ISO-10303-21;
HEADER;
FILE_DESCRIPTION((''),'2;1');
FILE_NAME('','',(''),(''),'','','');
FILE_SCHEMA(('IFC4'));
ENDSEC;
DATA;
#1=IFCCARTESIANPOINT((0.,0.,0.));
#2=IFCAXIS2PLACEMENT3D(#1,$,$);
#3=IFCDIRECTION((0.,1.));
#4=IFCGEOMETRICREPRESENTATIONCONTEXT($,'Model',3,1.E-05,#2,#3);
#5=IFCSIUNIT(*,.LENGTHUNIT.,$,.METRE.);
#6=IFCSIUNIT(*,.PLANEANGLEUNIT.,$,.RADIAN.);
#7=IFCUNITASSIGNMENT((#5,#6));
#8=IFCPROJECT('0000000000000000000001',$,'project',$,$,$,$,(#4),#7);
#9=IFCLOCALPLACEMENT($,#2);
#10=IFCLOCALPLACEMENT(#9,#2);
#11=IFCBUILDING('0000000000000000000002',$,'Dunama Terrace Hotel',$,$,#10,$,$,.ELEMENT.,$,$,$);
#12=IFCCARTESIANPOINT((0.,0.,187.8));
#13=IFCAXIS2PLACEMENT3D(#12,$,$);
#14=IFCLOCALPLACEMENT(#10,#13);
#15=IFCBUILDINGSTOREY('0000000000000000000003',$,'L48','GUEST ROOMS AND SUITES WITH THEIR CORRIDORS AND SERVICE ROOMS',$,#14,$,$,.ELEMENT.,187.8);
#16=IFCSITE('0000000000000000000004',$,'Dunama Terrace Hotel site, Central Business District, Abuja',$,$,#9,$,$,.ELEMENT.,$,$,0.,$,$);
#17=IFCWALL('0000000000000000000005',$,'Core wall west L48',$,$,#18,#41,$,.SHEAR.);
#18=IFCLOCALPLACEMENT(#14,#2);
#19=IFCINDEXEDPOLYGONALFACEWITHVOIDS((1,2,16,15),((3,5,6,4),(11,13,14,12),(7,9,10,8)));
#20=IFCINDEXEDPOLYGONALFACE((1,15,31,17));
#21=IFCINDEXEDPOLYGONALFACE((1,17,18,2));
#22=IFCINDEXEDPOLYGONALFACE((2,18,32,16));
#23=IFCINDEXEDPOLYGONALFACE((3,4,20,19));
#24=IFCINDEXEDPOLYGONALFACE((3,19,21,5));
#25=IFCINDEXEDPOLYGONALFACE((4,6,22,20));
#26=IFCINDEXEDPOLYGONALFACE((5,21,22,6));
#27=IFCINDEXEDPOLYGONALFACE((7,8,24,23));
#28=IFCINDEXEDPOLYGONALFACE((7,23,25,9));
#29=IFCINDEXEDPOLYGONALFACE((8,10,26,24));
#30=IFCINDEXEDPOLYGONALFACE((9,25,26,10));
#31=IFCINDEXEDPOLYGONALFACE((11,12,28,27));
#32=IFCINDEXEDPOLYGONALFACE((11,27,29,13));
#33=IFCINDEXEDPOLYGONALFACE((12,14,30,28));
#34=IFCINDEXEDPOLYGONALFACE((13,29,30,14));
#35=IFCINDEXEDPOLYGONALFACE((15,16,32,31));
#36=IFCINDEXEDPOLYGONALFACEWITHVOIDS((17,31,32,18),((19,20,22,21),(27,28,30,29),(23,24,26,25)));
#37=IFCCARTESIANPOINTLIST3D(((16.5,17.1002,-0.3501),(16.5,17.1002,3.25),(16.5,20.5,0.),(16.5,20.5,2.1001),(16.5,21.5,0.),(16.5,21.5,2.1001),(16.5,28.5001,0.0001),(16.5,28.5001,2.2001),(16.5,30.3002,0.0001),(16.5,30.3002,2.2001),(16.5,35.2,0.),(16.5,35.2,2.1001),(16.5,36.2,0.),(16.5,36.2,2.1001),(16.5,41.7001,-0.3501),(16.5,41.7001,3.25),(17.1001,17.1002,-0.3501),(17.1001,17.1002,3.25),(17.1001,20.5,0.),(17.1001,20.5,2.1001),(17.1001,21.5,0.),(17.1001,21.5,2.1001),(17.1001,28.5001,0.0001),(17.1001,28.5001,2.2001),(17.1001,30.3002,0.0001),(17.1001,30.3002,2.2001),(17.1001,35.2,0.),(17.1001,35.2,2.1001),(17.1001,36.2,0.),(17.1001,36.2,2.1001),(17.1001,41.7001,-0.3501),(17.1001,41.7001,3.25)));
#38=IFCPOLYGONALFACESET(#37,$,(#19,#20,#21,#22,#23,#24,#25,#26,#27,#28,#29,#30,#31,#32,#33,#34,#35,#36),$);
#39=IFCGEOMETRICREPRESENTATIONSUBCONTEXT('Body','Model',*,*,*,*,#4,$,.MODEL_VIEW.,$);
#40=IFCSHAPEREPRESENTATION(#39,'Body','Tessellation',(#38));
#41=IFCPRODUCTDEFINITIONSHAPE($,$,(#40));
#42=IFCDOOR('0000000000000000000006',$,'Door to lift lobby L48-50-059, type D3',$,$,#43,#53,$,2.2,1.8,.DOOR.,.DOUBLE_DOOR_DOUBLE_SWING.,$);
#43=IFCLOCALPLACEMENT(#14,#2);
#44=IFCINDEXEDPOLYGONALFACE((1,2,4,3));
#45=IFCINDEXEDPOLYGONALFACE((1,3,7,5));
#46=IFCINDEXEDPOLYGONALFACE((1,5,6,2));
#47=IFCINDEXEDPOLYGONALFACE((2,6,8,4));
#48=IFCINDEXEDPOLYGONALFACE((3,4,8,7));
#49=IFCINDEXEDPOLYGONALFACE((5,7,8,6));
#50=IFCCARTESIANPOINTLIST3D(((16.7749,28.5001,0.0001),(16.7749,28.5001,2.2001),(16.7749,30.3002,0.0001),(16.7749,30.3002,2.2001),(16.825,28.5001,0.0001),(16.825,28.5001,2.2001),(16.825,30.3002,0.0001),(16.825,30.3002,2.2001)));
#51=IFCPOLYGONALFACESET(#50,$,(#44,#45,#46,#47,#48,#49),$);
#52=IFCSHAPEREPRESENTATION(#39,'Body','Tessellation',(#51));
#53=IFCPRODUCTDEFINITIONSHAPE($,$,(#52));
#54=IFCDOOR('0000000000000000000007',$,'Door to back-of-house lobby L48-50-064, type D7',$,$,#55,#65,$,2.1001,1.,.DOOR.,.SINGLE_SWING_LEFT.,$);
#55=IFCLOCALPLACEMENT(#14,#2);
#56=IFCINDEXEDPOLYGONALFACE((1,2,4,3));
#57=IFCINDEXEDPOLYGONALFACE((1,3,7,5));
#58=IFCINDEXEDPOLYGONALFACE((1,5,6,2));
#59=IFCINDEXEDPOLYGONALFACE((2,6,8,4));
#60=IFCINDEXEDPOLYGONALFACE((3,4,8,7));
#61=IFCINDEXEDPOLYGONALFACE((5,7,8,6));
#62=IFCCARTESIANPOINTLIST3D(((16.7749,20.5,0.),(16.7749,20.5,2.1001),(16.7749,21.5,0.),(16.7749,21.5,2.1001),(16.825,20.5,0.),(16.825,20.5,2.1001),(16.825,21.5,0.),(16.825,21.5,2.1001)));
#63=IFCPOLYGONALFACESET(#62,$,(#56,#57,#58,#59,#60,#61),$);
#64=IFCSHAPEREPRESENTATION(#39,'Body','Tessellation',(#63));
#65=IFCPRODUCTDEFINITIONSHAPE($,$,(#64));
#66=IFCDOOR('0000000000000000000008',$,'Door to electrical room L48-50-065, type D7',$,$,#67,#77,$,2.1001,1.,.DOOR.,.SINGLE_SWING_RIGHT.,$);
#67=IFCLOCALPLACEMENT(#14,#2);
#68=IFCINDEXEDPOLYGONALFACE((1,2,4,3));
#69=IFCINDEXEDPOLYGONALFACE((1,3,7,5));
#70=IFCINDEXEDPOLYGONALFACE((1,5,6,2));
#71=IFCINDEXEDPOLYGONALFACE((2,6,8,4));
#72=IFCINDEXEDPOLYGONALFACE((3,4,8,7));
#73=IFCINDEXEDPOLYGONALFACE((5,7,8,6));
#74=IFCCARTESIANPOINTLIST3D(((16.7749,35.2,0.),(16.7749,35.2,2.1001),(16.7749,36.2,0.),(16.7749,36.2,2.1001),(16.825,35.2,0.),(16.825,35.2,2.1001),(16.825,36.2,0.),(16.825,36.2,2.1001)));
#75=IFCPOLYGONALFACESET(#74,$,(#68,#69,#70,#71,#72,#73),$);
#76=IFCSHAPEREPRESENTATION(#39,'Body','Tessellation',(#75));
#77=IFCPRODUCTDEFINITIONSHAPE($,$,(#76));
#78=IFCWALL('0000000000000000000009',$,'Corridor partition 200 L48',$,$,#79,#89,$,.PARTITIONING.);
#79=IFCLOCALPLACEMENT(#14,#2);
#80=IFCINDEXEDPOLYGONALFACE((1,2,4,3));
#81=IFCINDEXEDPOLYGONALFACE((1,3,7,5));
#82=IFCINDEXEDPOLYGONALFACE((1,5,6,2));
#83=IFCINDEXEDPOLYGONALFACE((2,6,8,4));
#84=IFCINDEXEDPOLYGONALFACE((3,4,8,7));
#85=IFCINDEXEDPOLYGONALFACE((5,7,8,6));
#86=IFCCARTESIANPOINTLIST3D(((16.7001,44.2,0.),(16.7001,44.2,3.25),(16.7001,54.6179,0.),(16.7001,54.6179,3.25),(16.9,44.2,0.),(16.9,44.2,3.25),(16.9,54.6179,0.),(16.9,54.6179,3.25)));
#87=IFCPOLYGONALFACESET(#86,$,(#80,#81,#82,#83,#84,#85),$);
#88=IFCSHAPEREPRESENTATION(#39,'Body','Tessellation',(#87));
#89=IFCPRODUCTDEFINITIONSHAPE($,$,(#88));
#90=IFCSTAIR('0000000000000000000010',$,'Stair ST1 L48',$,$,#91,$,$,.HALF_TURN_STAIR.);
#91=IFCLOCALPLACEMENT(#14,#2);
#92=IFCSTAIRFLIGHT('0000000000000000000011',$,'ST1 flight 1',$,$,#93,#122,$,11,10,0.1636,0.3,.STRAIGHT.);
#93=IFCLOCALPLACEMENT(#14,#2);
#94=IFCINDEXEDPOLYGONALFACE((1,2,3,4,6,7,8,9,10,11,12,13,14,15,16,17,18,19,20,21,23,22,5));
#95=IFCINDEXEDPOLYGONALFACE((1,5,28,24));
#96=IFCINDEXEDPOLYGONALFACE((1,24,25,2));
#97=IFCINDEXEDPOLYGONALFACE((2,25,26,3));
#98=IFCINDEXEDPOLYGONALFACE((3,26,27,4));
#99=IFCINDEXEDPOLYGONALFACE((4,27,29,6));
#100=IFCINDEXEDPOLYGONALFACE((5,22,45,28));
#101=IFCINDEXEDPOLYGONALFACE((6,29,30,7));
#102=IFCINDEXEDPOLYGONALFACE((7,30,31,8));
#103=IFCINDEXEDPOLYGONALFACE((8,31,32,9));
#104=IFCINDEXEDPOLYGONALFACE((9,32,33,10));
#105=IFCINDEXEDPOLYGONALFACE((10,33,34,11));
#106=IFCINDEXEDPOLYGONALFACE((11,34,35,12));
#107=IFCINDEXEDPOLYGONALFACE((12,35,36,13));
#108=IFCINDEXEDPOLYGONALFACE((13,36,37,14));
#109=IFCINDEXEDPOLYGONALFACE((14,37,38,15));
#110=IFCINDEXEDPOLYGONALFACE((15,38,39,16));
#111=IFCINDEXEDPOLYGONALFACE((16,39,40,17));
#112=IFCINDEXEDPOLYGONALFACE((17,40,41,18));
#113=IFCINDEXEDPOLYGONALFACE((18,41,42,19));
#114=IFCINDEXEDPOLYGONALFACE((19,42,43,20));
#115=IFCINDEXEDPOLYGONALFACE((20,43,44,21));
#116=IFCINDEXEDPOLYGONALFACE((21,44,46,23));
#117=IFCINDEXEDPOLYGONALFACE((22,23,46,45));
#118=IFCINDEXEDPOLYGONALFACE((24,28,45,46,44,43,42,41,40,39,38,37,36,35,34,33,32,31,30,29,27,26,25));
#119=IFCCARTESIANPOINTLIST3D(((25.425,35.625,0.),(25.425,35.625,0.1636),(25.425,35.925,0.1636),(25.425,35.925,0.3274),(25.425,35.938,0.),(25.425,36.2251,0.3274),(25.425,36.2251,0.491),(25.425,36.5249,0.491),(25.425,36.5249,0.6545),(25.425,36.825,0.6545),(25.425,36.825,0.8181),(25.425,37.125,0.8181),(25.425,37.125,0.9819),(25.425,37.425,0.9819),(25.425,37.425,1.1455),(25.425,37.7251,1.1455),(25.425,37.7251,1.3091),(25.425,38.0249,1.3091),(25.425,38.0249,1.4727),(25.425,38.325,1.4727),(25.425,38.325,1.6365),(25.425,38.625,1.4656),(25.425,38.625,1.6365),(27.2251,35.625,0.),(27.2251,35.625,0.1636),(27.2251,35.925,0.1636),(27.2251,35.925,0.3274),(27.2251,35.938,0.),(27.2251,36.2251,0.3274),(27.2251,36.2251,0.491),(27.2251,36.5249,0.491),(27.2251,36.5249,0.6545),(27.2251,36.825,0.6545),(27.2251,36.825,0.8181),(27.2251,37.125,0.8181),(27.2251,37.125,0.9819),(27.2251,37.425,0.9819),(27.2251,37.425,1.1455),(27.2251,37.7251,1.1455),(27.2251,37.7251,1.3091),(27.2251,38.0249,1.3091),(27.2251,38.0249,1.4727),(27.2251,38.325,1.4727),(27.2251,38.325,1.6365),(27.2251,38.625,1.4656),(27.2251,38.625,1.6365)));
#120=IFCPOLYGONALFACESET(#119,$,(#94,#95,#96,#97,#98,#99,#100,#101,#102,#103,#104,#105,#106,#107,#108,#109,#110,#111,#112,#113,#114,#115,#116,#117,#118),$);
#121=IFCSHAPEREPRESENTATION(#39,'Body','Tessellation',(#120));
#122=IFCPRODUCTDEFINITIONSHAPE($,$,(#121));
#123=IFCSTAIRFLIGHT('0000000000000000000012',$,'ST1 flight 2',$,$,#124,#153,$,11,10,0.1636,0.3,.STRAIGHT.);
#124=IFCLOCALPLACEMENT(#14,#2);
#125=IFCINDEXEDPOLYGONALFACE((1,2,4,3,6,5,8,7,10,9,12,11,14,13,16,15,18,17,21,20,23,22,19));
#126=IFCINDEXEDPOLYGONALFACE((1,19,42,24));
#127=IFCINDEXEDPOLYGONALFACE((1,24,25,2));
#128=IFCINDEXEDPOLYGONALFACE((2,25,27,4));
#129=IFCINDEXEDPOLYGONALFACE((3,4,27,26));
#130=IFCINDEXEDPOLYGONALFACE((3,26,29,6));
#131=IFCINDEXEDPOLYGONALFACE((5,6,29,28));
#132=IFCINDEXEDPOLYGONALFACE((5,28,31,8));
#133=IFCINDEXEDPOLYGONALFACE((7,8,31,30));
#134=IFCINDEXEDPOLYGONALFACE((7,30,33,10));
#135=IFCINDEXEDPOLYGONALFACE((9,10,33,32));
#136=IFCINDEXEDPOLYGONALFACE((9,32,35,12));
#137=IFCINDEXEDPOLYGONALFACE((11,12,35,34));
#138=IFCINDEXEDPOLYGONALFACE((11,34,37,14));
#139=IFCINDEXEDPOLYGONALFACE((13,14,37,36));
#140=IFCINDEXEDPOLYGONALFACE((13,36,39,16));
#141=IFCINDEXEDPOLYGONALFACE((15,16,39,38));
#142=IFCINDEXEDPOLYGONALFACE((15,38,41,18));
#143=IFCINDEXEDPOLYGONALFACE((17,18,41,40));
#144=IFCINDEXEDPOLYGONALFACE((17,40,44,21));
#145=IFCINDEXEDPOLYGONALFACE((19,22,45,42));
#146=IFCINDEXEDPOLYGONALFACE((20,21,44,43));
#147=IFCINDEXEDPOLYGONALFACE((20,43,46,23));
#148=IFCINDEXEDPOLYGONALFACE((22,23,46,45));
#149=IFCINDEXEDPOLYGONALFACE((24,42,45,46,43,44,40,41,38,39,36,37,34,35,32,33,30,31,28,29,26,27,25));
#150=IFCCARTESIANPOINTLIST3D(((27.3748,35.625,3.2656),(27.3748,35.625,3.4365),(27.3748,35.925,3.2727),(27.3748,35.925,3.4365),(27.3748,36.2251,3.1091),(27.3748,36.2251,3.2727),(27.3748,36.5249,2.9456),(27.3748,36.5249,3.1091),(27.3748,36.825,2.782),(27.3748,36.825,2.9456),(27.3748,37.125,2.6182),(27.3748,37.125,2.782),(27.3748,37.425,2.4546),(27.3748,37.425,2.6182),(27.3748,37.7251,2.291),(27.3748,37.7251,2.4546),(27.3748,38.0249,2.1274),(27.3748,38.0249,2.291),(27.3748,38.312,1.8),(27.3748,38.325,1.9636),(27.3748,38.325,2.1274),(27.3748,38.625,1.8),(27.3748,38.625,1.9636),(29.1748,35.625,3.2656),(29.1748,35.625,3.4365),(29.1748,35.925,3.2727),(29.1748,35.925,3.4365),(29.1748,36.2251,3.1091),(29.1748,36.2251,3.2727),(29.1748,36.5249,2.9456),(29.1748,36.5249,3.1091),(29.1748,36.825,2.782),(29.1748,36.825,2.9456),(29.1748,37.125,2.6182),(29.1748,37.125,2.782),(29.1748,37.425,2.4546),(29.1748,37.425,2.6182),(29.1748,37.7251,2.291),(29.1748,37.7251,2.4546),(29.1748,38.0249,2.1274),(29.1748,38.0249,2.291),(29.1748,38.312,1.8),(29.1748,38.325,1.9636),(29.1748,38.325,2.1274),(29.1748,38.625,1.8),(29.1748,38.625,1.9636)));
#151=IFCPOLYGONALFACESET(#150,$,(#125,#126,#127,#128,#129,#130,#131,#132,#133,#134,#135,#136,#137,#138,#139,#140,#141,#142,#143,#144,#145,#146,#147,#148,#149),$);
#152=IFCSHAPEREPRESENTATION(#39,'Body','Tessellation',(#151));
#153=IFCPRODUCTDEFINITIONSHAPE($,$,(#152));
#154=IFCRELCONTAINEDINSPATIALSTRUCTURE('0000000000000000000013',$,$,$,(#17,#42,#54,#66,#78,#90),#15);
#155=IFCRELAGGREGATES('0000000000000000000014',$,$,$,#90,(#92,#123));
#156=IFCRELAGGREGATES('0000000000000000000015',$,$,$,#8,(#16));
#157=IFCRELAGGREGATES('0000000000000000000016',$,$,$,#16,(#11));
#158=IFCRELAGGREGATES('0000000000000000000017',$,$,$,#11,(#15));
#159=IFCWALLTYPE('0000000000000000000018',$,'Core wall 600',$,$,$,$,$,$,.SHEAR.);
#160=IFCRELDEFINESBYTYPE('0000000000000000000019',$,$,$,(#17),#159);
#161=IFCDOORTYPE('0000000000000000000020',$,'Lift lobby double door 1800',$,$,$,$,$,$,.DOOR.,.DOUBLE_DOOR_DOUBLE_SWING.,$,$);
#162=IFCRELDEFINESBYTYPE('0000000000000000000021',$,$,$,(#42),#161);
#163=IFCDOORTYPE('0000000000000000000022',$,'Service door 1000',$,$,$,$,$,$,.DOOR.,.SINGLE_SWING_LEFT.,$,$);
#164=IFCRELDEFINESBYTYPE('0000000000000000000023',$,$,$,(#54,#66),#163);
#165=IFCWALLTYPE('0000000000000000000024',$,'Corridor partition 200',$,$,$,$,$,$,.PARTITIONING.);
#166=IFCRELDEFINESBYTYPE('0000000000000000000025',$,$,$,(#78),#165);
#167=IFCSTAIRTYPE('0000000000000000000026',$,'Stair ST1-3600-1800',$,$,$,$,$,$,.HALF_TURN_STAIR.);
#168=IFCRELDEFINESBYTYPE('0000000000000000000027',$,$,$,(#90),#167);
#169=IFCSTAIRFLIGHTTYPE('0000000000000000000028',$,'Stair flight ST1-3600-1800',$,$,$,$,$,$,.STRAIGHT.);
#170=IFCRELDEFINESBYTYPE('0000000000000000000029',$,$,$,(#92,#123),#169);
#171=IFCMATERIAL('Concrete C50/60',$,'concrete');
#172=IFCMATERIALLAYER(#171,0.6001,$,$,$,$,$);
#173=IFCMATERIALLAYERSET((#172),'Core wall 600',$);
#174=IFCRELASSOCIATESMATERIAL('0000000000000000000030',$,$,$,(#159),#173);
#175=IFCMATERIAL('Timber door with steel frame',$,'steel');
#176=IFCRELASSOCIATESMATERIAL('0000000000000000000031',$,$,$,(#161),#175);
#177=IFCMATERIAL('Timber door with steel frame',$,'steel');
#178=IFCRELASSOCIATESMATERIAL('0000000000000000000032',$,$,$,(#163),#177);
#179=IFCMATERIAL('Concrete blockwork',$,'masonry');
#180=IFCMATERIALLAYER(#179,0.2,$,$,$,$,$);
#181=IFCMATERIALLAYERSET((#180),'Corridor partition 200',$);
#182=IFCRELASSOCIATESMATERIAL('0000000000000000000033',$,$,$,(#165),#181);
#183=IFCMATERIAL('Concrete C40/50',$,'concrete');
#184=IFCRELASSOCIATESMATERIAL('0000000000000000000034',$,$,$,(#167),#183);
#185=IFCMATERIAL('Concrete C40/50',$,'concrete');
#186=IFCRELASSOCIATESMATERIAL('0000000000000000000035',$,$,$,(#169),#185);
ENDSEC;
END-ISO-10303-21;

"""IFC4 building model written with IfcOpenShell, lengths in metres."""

from ifc_helpers import new_model, si_unit, direction, frame, frame_2d, origin, place, context, subcontext, project, spatial, polyline, rectangle, outline, extrude, material, layer, layer_set, type_object, element, fill, aggregate, save


model = new_model("IFC4")

# Units and contexts
model_context = context("Model", 3, precision=1e-05, world=origin(), true_north=direction((0.0, 1.0)))
body_context = subcontext(model_context, "Body", "Model", "MODEL_VIEW")
ifc_project = project(units=[si_unit("LENGTHUNIT", "METRE"), si_unit("PLANEANGLEUNIT", "RADIAN")], contexts=[model_context])

# Site, building, storey
site_placement = place(None, origin())
site = spatial("IfcSite", under=ifc_project, at=site_placement, Name="Dunama Terrace Hotel site, Central Business District, Abuja", CompositionType="ELEMENT", RefElevation=0.0)
building_placement = place(site_placement, origin())
building = spatial("IfcBuilding", under=site, at=building_placement, Name="Dunama Terrace Hotel", CompositionType="ELEMENT")
storey_placement = place(building_placement, frame((0.0, 0.0, 187.8)))
storey = spatial("IfcBuildingStorey", under=building, at=storey_placement, Name="L48", Description="GUEST ROOMS AND SUITES WITH THEIR CORRIDORS AND SERVICE ROOMS", CompositionType="ELEMENT", Elevation=187.8)

# Wall, openings, doors
ifc_material_1 = material(Name="Concrete C50/60", Category="concrete")
ifc_layer_1 = layer(ifc_material_1, 0.6001)
ifc_layer_set_1 = layer_set([ifc_layer_1], Name="Core wall 600")
wall_type_1 = type_object("IfcWallType", Name="Core wall 600", PredefinedType="SHEAR", material=ifc_layer_set_1)
wall_1_placement = place(storey_placement, frame((16.8, 41.7, -0.3501), z_axis=(0.0, 0.0, 1.0), x_axis=(0.0, -1.0, 0.0)))
wall_1 = element("IfcWall", 1, at=wall_1_placement, inside=storey, type_object=wall_type_1, Name="Core wall west L48", PredefinedType="SHEAR", context=body_context, shape_type="SweptSolid", body=[
    extrude(rectangle(XDim=24.5999, YDim=0.6001, at=frame_2d((12.2998, 0.0))), origin(), (0.0, 0.0, 1.0), 3.6001),
])
opening_1_placement = place(wall_1_placement, frame((11.3999, 0.0, 0.3501)))
opening_1 = element("IfcOpeningElement", 2, at=opening_1_placement, cuts=wall_1, PredefinedType="OPENING", context=body_context, shape_type="SweptSolid", body=[
    extrude(rectangle(XDim=1.8, YDim=2.2, at=frame_2d((0.8999, 1.1001))), frame((0.0, 0.3101, 0.0), z_axis=(0.0, -1.0, 0.0), x_axis=(1.0, 0.0, 0.0)), (0.0, 0.0, 1.0), 0.6201),
])
opening_2_placement = place(wall_1_placement, frame((20.2, 0.0, 0.3501)))
opening_2 = element("IfcOpeningElement", 3, at=opening_2_placement, cuts=wall_1, PredefinedType="OPENING", context=body_context, shape_type="SweptSolid", body=[
    extrude(rectangle(XDim=1.0, YDim=2.1001, at=frame_2d((0.5, 1.05))), frame((0.0, 0.3101, 0.0), z_axis=(0.0, -1.0, 0.0), x_axis=(1.0, 0.0, 0.0)), (0.0, 0.0, 1.0), 0.6201),
])
opening_3_placement = place(wall_1_placement, frame((5.5, 0.0, 0.3501)))
opening_3 = element("IfcOpeningElement", 4, at=opening_3_placement, cuts=wall_1, PredefinedType="OPENING", context=body_context, shape_type="SweptSolid", body=[
    extrude(rectangle(XDim=1.0, YDim=2.1001, at=frame_2d((0.5, 1.05))), frame((0.0, 0.3101, 0.0), z_axis=(0.0, -1.0, 0.0), x_axis=(1.0, 0.0, 0.0)), (0.0, 0.0, 1.0), 0.6201),
])
ifc_material_2 = material(Name="Timber door with steel frame", Category="steel")
door_type_1 = type_object("IfcDoorType", Name="Lift lobby double door 1800", OperationType="DOUBLE_DOOR_DOUBLE_SWING", PredefinedType="DOOR", material=ifc_material_2)
door_1_placement = place(opening_1_placement, origin())
door_1 = element("IfcDoor", 5, at=door_1_placement, inside=storey, type_object=door_type_1, Name="Door to lift lobby L48-50-059, type D3", OperationType="DOUBLE_DOOR_DOUBLE_SWING", OverallHeight=2.2, OverallWidth=1.8, PredefinedType="DOOR", context=body_context, shape_type="SweptSolid", body=[
    extrude(rectangle(XDim=1.8, YDim=2.2, at=frame_2d((0.8999, 1.1001))), frame((0.0, 0.0249, 0.0), z_axis=(0.0, -1.0, 0.0), x_axis=(1.0, 0.0, 0.0)), (0.0, 0.0, 1.0), 0.05),
])
fill(opening_1, door_1)
ifc_material_3 = material(Name="Timber door with steel frame", Category="steel")
door_type_2 = type_object("IfcDoorType", Name="Service door 1000", OperationType="SINGLE_SWING_LEFT", PredefinedType="DOOR", material=ifc_material_3)
door_2_placement = place(opening_2_placement, origin())
door_2 = element("IfcDoor", 6, at=door_2_placement, inside=storey, type_object=door_type_2, Name="Door to back-of-house lobby L48-50-064, type D7", OperationType="SINGLE_SWING_LEFT", OverallHeight=2.1001, OverallWidth=1.0, PredefinedType="DOOR", context=body_context, shape_type="SweptSolid", body=[
    extrude(rectangle(XDim=1.0, YDim=2.1001, at=frame_2d((0.5, 1.05))), frame((0.0, 0.0249, 0.0), z_axis=(0.0, -1.0, 0.0), x_axis=(1.0, 0.0, 0.0)), (0.0, 0.0, 1.0), 0.05),
])
fill(opening_2, door_2)
door_3_placement = place(opening_3_placement, origin())
door_3 = element("IfcDoor", 7, at=door_3_placement, inside=storey, type_object=door_type_2, Name="Door to electrical room L48-50-065, type D7", OperationType="SINGLE_SWING_RIGHT", OverallHeight=2.1001, OverallWidth=1.0, PredefinedType="DOOR", context=body_context, shape_type="SweptSolid", body=[
    extrude(rectangle(XDim=1.0, YDim=2.1001, at=frame_2d((0.5, 1.05))), frame((0.0, 0.0249, 0.0), z_axis=(0.0, -1.0, 0.0), x_axis=(1.0, 0.0, 0.0)), (0.0, 0.0, 1.0), 0.05),
])
fill(opening_3, door_3)

# Wall
ifc_material_4 = material(Name="Concrete blockwork", Category="masonry")
ifc_layer_2 = layer(ifc_material_4, 0.2)
ifc_layer_set_2 = layer_set([ifc_layer_2], Name="Corridor partition 200")
wall_type_2 = type_object("IfcWallType", Name="Corridor partition 200", PredefinedType="PARTITIONING", material=ifc_layer_set_2)
wall_2_placement = place(storey_placement, frame((16.8, 44.2, 0.0), z_axis=(0.0, 0.0, 1.0), x_axis=(0.0, 1.0, 0.0)))
element("IfcWall", 8, at=wall_2_placement, inside=storey, type_object=wall_type_2, Name="Corridor partition 200 L48", PredefinedType="PARTITIONING", context=body_context, shape_type="SweptSolid", body=[
    extrude(rectangle(XDim=10.418, YDim=0.2, at=frame_2d((5.209, 0.0))), origin(), (0.0, 0.0, 1.0), 3.25),
])

# Stair, stair flights
ifc_material_5 = material(Name="Concrete C40/50", Category="concrete")
stair_type = type_object("IfcStairType", Name="Stair ST1-3600-1800", PredefinedType="HALF_TURN_STAIR", material=ifc_material_5)
stair_placement = place(storey_placement, origin())
stair = element("IfcStair", 9, at=stair_placement, inside=storey, type_object=stair_type, Name="Stair ST1 L48", PredefinedType="HALF_TURN_STAIR")
ifc_material_6 = material(Name="Concrete C40/50", Category="concrete")
stair_flight_type = type_object("IfcStairFlightType", Name="Stair flight ST1-3600-1800", PredefinedType="STRAIGHT", material=ifc_material_6)
stair_flight_1_placement = place(storey_placement, frame((26.325, 35.625, 0.0), z_axis=(0.0, 0.0, 1.0), x_axis=(0.0, 1.0, 0.0)))
stair_flight_1 = element("IfcStairFlight", 10, at=stair_flight_1_placement, type_object=stair_flight_type, Name="ST1 flight 1", NumberOfRisers=11, NumberOfTreads=10, PredefinedType="STRAIGHT", RiserHeight=0.1636, TreadLength=0.3, context=body_context, shape_type="SweptSolid", body=[
    extrude(outline(polyline([(0.0, 0.0), (0.0, 0.1636), (0.3, 0.1636), (0.3, 0.3274), (0.6001, 0.3274), (0.6001, 0.491), (0.8999, 0.491), (0.8999, 0.6545), (1.2, 0.6545), (1.2, 0.8181), (1.5, 0.8181), (1.5, 0.9819), (1.8, 0.9819), (1.8, 1.1455), (2.1001, 1.1455), (2.1001, 1.3091), (2.3999, 1.3091), (2.3999, 1.4727), (2.7, 1.4727), (2.7, 1.6365), (3.0, 1.6365), (3.0, 1.8), (3.0, 1.4656), (0.313, 0.0), (0.0, 0.0)])), frame((0.0, 0.8999, 0.0), z_axis=(0.0, -1.0, 0.0), x_axis=(1.0, 0.0, 0.0)), (0.0, 0.0, 1.0), 1.8),
])
stair_flight_2_placement = place(storey_placement, frame((28.2749, 38.625, 1.8), z_axis=(0.0, 0.0, 1.0), x_axis=(0.0, -1.0, 0.0)))
stair_flight_2 = element("IfcStairFlight", 11, at=stair_flight_2_placement, type_object=stair_flight_type, Name="ST1 flight 2", NumberOfRisers=11, NumberOfTreads=10, PredefinedType="STRAIGHT", RiserHeight=0.1636, TreadLength=0.3, context=body_context, shape_type="SweptSolid", body=[
    extrude(outline(polyline([(0.0, 0.0), (0.0, 0.1636), (0.3, 0.1636), (0.3, 0.3274), (0.6001, 0.3274), (0.6001, 0.491), (0.8999, 0.491), (0.8999, 0.6545), (1.2, 0.6545), (1.2, 0.8181), (1.5, 0.8181), (1.5, 0.9819), (1.8, 0.9819), (1.8, 1.1455), (2.1001, 1.1455), (2.1001, 1.3091), (2.3999, 1.3091), (2.3999, 1.4727), (2.7, 1.4727), (2.7, 1.6365), (3.0, 1.6365), (3.0, 1.8), (3.0, 1.4656), (0.313, 0.0), (0.0, 0.0)])), frame((0.0, 0.8999, 0.0), z_axis=(0.0, -1.0, 0.0), x_axis=(1.0, 0.0, 0.0)), (0.0, 0.0, 1.0), 1.8),
])
aggregate(stair, [stair_flight_1, stair_flight_2])

save(model, "model.ifc")
